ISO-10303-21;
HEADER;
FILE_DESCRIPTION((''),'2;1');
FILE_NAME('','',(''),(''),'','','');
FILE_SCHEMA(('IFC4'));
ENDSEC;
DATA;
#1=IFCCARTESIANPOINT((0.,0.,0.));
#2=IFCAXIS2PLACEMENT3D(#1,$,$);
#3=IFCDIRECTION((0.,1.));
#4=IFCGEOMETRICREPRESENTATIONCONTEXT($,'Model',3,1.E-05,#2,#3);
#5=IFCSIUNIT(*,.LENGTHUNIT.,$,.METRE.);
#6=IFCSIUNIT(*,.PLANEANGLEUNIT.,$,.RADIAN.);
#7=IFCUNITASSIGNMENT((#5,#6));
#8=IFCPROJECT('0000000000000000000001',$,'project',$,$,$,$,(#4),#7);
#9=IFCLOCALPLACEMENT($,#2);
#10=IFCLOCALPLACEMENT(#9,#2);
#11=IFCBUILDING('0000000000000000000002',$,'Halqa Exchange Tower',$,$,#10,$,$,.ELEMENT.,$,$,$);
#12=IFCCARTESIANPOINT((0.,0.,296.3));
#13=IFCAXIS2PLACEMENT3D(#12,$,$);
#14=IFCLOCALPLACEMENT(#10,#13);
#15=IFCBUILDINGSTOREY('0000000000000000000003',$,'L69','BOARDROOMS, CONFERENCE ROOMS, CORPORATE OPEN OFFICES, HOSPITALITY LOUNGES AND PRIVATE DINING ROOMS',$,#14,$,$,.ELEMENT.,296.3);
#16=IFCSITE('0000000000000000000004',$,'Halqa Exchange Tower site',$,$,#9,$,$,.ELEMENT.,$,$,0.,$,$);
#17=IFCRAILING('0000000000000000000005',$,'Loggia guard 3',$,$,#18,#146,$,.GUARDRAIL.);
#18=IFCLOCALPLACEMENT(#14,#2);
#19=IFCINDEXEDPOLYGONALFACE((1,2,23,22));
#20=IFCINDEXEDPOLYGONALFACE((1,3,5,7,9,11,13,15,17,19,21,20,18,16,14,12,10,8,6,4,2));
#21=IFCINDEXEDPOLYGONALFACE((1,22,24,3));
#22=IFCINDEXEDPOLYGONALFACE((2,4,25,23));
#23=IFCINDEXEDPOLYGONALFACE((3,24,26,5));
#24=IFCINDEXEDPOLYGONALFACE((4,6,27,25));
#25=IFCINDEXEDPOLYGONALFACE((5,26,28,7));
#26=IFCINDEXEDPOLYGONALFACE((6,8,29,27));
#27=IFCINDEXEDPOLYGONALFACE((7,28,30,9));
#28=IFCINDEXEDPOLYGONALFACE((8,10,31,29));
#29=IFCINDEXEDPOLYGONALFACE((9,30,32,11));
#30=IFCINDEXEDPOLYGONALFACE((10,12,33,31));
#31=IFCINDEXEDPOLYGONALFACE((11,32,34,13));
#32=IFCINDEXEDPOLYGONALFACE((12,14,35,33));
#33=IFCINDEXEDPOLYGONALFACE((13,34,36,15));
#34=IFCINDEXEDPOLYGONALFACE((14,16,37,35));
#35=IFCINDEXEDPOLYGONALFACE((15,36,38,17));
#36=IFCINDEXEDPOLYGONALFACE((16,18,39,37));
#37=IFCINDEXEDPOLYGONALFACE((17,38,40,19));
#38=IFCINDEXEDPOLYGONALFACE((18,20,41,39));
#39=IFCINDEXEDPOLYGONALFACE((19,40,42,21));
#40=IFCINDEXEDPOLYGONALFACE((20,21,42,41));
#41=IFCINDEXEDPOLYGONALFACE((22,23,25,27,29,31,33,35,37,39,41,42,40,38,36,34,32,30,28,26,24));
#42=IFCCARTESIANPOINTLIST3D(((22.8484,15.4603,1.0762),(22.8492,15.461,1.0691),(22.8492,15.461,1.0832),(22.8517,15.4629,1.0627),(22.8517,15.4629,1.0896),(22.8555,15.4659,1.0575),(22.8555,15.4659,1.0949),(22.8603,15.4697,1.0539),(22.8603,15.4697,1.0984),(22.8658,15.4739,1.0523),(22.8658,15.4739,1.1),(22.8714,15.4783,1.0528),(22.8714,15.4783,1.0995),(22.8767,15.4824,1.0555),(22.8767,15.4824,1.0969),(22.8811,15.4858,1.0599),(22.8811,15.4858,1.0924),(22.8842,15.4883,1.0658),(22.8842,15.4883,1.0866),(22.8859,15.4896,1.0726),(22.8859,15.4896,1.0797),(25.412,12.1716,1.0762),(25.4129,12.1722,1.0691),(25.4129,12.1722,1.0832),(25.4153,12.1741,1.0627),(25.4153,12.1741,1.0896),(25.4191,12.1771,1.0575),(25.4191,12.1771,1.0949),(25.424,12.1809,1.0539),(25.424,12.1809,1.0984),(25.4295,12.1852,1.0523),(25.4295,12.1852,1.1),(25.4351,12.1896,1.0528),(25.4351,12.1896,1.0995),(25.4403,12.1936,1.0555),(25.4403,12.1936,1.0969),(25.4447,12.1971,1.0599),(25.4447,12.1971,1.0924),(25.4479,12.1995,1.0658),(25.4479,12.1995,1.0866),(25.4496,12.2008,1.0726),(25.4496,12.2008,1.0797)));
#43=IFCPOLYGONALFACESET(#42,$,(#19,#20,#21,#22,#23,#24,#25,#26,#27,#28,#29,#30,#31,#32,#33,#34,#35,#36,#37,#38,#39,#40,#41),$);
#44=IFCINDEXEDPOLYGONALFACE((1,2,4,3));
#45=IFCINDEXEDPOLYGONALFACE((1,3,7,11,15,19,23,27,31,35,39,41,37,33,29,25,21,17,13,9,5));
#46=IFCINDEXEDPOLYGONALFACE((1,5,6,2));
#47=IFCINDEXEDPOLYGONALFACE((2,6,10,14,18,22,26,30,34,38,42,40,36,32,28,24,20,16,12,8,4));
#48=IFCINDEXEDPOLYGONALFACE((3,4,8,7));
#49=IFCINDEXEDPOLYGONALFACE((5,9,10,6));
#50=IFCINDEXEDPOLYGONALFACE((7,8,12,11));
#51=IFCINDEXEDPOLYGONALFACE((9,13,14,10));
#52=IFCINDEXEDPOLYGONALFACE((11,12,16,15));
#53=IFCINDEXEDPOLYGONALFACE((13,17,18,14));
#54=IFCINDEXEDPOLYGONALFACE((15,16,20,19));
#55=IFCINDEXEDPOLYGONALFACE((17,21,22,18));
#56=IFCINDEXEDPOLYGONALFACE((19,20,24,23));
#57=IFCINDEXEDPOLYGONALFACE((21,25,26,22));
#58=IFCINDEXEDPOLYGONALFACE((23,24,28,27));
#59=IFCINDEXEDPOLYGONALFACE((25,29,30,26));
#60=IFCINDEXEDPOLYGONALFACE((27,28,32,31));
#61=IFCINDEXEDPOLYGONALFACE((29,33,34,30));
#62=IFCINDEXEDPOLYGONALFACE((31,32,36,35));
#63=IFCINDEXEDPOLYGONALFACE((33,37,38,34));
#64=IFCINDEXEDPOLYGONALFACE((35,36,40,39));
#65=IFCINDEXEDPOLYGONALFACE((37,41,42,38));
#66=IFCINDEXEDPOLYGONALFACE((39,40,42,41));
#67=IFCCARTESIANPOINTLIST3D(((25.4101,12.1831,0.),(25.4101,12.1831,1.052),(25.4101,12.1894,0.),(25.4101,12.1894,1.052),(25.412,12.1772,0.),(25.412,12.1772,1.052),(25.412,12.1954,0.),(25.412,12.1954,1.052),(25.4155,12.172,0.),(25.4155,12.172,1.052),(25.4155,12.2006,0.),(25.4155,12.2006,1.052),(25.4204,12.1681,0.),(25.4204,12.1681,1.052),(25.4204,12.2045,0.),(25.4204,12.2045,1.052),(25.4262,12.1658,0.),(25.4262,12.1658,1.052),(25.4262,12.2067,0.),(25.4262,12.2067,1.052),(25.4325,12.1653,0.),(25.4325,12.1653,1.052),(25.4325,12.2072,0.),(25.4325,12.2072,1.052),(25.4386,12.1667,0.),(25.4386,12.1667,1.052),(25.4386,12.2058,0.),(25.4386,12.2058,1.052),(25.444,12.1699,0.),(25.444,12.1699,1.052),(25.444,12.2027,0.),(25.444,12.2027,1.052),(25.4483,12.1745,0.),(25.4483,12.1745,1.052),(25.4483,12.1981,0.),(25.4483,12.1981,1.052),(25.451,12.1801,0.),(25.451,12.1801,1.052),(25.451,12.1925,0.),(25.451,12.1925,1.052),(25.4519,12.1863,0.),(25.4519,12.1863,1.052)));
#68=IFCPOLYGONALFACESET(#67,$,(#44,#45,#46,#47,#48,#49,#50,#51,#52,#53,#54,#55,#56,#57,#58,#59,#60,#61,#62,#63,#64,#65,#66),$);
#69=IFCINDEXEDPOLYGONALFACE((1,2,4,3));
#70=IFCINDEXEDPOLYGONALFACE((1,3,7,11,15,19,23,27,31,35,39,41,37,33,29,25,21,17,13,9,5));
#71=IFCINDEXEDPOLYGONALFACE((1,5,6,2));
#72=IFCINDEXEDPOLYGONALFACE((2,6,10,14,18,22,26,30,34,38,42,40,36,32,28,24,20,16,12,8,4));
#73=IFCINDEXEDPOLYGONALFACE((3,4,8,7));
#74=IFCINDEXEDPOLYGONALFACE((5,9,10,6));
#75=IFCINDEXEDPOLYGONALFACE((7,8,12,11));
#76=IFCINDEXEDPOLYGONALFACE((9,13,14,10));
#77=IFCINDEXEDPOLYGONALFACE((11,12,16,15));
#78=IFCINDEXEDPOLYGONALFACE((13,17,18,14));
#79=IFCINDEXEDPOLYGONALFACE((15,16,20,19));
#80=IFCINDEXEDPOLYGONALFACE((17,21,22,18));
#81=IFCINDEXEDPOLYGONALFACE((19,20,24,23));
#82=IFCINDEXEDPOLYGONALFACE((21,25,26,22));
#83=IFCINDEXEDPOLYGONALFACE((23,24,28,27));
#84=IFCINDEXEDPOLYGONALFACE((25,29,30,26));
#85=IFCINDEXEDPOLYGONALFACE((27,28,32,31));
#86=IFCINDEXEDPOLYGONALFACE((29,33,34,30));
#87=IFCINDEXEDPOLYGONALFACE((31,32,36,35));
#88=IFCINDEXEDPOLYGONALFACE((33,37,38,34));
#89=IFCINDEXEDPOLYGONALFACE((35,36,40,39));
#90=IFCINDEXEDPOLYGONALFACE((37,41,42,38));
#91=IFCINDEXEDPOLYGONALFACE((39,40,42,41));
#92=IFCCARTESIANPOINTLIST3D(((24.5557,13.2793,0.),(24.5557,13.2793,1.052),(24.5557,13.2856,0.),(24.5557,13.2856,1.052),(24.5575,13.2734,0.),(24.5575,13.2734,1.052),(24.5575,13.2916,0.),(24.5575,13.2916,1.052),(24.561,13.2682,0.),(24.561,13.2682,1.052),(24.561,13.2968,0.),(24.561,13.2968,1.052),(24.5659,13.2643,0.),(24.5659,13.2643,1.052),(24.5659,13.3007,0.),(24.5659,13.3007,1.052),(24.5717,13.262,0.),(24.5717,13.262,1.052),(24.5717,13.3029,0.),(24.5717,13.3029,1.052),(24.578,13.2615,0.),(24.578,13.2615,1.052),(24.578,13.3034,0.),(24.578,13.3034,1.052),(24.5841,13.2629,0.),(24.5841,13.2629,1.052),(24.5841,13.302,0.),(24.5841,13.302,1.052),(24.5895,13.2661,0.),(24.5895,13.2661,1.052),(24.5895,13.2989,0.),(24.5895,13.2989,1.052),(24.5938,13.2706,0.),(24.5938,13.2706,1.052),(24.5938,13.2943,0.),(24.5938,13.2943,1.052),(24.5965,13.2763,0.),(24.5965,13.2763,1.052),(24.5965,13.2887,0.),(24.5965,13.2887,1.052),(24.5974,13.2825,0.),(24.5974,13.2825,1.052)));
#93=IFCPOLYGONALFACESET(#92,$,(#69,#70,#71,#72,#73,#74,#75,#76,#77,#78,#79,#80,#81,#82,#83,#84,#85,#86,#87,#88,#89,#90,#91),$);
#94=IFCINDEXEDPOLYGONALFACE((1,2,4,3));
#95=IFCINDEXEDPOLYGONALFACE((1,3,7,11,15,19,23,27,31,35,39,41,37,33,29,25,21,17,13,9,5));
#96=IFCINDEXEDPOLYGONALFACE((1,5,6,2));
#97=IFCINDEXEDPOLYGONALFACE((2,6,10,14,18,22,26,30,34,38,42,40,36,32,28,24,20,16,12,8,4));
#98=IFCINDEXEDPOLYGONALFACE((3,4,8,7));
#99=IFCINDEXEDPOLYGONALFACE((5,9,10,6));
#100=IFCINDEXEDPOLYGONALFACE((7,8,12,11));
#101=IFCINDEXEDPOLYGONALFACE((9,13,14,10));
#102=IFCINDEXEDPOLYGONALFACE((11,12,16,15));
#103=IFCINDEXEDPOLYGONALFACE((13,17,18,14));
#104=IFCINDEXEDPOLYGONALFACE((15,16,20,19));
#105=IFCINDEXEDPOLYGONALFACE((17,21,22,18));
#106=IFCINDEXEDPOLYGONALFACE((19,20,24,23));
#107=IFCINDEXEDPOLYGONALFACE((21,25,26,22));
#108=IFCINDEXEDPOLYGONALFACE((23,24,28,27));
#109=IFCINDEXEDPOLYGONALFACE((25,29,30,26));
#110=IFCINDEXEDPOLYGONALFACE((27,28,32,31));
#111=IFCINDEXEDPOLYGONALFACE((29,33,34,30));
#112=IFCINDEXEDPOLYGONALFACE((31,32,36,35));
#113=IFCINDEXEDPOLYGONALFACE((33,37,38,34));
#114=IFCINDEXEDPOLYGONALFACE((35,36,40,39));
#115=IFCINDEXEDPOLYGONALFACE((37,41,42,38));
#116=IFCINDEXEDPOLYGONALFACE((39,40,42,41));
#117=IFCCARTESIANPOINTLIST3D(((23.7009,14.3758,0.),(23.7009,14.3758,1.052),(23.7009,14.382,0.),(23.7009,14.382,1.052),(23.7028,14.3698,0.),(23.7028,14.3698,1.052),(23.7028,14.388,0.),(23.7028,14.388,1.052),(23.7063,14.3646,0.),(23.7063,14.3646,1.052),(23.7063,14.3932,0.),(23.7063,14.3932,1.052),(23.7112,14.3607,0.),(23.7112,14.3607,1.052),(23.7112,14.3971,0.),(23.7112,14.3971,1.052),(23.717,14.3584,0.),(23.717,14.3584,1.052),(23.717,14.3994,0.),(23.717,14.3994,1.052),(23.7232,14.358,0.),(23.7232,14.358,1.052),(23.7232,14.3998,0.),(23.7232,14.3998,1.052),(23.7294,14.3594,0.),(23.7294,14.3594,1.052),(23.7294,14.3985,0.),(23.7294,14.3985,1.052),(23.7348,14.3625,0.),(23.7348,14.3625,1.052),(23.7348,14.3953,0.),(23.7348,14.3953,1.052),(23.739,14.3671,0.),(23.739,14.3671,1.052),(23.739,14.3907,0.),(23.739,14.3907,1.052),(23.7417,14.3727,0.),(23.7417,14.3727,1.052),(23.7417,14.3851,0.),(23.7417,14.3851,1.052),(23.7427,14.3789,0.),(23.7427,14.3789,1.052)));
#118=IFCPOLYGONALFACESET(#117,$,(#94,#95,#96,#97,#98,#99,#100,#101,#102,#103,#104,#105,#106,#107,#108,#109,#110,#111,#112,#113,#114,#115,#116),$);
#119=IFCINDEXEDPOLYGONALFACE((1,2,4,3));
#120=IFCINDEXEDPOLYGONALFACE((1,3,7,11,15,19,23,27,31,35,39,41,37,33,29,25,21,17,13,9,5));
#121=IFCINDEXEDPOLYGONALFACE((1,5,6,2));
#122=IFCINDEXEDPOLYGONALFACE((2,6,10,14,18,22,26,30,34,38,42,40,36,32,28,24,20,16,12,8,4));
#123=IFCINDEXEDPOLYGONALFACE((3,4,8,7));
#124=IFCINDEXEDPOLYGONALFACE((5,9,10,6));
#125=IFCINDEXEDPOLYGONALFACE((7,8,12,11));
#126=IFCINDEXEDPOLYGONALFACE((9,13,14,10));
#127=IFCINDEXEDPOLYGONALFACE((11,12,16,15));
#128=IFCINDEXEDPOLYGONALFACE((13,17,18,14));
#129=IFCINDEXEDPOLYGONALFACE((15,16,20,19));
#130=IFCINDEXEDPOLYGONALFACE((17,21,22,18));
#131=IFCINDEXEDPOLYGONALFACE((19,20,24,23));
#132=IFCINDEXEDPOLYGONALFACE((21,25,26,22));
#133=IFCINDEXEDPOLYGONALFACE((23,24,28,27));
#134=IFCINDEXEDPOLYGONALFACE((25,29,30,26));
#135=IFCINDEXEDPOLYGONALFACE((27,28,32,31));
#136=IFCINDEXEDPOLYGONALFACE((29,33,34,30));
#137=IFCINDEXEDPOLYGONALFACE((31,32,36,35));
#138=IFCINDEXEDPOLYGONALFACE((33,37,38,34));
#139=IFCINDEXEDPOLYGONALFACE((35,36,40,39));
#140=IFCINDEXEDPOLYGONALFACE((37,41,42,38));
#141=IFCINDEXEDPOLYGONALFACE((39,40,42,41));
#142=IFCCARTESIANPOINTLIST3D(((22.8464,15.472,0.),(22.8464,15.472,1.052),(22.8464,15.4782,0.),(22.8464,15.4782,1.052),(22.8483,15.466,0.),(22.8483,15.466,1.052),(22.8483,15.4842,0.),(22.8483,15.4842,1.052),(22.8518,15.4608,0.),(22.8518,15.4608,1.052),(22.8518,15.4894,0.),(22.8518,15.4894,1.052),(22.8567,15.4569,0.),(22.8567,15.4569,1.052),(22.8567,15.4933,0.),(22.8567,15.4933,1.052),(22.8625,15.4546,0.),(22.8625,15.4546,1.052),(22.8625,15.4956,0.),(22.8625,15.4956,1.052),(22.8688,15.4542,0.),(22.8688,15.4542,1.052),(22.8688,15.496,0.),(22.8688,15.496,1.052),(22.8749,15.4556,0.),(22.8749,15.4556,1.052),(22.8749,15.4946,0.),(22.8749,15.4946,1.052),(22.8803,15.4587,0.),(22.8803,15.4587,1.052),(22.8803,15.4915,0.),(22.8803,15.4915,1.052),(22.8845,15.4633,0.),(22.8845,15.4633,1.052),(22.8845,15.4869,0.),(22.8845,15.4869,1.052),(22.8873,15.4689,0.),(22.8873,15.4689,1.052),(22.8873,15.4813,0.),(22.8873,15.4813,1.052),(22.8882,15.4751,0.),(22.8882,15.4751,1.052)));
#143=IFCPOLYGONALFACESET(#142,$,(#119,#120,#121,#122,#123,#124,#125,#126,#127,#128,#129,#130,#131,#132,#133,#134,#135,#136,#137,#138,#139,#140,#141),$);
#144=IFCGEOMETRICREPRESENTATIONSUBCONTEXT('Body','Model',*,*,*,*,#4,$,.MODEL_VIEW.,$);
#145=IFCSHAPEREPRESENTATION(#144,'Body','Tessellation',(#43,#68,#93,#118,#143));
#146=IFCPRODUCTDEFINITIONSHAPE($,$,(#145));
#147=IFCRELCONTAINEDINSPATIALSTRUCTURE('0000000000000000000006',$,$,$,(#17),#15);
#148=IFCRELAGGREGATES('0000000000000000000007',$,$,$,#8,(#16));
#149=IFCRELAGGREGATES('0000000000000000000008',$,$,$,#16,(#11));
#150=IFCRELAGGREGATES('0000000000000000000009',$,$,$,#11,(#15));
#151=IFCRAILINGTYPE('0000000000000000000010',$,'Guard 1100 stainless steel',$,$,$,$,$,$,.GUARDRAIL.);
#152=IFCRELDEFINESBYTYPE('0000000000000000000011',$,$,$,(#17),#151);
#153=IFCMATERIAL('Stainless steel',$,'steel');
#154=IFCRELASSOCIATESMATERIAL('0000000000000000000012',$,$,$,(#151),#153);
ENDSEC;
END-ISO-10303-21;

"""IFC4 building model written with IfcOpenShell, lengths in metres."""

from ifc_helpers import new_model, si_unit, direction, frame, origin, origin_2d, place, context, subcontext, project, spatial, circle, extrude, material, type_object, element, save


model = new_model("IFC4")

# Units and contexts
model_context = context("Model", 3, precision=1e-05, world=origin(), true_north=direction((0.0, 1.0)))
body_context = subcontext(model_context, "Body", "Model", "MODEL_VIEW")
ifc_project = project(units=[si_unit("LENGTHUNIT", "METRE"), si_unit("PLANEANGLEUNIT", "RADIAN")], contexts=[model_context])

# Site, building, storey
site_placement = place(None, origin())
site = spatial("IfcSite", under=ifc_project, at=site_placement, Name="Halqa Exchange Tower site", CompositionType="ELEMENT", RefElevation=0.0)
building_placement = place(site_placement, origin())
building = spatial("IfcBuilding", under=site, at=building_placement, Name="Halqa Exchange Tower", CompositionType="ELEMENT")
storey_placement = place(building_placement, frame((0.0, 0.0, 296.3)))
storey = spatial("IfcBuildingStorey", under=building, at=storey_placement, Name="L69", Description="BOARDROOMS, CONFERENCE ROOMS, CORPORATE OPEN OFFICES, HOSPITALITY LOUNGES AND PRIVATE DINING ROOMS", CompositionType="ELEMENT", Elevation=296.3)

# Railing
ifc_material_1 = material(Name="Stainless steel", Category="steel")
railing_type = type_object("IfcRailingType", Name="Guard 1100 stainless steel", PredefinedType="GUARDRAIL", material=ifc_material_1)
railing_1_placement = place(storey_placement, frame((25.4309, 12.1863, 0.0)))
element("IfcRailing", 1, at=railing_1_placement, inside=storey, type_object=railing_type, Name="Loggia guard 3", PredefinedType="GUARDRAIL", context=body_context, shape_type="SweptSolid", body=[
    extrude(circle(Radius=0.0239, at=origin_2d()), frame((0.0, 0.0, 1.0762), z_axis=(-0.6148, 0.788683, 0.0), x_axis=(-0.788683, -0.6148, 0.0)), (0.0, 0.0, 1.0), 4.1699),
    extrude(circle(Radius=0.021, at=origin_2d()), origin(), (0.0, 0.0, 1.0), 1.052),
    extrude(circle(Radius=0.021, at=origin_2d()), frame((-0.8545, 1.0962, 0.0)), (0.0, 0.0, 1.0), 1.052),
    extrude(circle(Radius=0.021, at=origin_2d()), frame((-1.7092, 2.1926, 0.0)), (0.0, 0.0, 1.0), 1.052),
    extrude(circle(Radius=0.021, at=origin_2d()), frame((-2.5637, 3.2888, 0.0)), (0.0, 0.0, 1.0), 1.052),
])

save(model, "model.ifc")
